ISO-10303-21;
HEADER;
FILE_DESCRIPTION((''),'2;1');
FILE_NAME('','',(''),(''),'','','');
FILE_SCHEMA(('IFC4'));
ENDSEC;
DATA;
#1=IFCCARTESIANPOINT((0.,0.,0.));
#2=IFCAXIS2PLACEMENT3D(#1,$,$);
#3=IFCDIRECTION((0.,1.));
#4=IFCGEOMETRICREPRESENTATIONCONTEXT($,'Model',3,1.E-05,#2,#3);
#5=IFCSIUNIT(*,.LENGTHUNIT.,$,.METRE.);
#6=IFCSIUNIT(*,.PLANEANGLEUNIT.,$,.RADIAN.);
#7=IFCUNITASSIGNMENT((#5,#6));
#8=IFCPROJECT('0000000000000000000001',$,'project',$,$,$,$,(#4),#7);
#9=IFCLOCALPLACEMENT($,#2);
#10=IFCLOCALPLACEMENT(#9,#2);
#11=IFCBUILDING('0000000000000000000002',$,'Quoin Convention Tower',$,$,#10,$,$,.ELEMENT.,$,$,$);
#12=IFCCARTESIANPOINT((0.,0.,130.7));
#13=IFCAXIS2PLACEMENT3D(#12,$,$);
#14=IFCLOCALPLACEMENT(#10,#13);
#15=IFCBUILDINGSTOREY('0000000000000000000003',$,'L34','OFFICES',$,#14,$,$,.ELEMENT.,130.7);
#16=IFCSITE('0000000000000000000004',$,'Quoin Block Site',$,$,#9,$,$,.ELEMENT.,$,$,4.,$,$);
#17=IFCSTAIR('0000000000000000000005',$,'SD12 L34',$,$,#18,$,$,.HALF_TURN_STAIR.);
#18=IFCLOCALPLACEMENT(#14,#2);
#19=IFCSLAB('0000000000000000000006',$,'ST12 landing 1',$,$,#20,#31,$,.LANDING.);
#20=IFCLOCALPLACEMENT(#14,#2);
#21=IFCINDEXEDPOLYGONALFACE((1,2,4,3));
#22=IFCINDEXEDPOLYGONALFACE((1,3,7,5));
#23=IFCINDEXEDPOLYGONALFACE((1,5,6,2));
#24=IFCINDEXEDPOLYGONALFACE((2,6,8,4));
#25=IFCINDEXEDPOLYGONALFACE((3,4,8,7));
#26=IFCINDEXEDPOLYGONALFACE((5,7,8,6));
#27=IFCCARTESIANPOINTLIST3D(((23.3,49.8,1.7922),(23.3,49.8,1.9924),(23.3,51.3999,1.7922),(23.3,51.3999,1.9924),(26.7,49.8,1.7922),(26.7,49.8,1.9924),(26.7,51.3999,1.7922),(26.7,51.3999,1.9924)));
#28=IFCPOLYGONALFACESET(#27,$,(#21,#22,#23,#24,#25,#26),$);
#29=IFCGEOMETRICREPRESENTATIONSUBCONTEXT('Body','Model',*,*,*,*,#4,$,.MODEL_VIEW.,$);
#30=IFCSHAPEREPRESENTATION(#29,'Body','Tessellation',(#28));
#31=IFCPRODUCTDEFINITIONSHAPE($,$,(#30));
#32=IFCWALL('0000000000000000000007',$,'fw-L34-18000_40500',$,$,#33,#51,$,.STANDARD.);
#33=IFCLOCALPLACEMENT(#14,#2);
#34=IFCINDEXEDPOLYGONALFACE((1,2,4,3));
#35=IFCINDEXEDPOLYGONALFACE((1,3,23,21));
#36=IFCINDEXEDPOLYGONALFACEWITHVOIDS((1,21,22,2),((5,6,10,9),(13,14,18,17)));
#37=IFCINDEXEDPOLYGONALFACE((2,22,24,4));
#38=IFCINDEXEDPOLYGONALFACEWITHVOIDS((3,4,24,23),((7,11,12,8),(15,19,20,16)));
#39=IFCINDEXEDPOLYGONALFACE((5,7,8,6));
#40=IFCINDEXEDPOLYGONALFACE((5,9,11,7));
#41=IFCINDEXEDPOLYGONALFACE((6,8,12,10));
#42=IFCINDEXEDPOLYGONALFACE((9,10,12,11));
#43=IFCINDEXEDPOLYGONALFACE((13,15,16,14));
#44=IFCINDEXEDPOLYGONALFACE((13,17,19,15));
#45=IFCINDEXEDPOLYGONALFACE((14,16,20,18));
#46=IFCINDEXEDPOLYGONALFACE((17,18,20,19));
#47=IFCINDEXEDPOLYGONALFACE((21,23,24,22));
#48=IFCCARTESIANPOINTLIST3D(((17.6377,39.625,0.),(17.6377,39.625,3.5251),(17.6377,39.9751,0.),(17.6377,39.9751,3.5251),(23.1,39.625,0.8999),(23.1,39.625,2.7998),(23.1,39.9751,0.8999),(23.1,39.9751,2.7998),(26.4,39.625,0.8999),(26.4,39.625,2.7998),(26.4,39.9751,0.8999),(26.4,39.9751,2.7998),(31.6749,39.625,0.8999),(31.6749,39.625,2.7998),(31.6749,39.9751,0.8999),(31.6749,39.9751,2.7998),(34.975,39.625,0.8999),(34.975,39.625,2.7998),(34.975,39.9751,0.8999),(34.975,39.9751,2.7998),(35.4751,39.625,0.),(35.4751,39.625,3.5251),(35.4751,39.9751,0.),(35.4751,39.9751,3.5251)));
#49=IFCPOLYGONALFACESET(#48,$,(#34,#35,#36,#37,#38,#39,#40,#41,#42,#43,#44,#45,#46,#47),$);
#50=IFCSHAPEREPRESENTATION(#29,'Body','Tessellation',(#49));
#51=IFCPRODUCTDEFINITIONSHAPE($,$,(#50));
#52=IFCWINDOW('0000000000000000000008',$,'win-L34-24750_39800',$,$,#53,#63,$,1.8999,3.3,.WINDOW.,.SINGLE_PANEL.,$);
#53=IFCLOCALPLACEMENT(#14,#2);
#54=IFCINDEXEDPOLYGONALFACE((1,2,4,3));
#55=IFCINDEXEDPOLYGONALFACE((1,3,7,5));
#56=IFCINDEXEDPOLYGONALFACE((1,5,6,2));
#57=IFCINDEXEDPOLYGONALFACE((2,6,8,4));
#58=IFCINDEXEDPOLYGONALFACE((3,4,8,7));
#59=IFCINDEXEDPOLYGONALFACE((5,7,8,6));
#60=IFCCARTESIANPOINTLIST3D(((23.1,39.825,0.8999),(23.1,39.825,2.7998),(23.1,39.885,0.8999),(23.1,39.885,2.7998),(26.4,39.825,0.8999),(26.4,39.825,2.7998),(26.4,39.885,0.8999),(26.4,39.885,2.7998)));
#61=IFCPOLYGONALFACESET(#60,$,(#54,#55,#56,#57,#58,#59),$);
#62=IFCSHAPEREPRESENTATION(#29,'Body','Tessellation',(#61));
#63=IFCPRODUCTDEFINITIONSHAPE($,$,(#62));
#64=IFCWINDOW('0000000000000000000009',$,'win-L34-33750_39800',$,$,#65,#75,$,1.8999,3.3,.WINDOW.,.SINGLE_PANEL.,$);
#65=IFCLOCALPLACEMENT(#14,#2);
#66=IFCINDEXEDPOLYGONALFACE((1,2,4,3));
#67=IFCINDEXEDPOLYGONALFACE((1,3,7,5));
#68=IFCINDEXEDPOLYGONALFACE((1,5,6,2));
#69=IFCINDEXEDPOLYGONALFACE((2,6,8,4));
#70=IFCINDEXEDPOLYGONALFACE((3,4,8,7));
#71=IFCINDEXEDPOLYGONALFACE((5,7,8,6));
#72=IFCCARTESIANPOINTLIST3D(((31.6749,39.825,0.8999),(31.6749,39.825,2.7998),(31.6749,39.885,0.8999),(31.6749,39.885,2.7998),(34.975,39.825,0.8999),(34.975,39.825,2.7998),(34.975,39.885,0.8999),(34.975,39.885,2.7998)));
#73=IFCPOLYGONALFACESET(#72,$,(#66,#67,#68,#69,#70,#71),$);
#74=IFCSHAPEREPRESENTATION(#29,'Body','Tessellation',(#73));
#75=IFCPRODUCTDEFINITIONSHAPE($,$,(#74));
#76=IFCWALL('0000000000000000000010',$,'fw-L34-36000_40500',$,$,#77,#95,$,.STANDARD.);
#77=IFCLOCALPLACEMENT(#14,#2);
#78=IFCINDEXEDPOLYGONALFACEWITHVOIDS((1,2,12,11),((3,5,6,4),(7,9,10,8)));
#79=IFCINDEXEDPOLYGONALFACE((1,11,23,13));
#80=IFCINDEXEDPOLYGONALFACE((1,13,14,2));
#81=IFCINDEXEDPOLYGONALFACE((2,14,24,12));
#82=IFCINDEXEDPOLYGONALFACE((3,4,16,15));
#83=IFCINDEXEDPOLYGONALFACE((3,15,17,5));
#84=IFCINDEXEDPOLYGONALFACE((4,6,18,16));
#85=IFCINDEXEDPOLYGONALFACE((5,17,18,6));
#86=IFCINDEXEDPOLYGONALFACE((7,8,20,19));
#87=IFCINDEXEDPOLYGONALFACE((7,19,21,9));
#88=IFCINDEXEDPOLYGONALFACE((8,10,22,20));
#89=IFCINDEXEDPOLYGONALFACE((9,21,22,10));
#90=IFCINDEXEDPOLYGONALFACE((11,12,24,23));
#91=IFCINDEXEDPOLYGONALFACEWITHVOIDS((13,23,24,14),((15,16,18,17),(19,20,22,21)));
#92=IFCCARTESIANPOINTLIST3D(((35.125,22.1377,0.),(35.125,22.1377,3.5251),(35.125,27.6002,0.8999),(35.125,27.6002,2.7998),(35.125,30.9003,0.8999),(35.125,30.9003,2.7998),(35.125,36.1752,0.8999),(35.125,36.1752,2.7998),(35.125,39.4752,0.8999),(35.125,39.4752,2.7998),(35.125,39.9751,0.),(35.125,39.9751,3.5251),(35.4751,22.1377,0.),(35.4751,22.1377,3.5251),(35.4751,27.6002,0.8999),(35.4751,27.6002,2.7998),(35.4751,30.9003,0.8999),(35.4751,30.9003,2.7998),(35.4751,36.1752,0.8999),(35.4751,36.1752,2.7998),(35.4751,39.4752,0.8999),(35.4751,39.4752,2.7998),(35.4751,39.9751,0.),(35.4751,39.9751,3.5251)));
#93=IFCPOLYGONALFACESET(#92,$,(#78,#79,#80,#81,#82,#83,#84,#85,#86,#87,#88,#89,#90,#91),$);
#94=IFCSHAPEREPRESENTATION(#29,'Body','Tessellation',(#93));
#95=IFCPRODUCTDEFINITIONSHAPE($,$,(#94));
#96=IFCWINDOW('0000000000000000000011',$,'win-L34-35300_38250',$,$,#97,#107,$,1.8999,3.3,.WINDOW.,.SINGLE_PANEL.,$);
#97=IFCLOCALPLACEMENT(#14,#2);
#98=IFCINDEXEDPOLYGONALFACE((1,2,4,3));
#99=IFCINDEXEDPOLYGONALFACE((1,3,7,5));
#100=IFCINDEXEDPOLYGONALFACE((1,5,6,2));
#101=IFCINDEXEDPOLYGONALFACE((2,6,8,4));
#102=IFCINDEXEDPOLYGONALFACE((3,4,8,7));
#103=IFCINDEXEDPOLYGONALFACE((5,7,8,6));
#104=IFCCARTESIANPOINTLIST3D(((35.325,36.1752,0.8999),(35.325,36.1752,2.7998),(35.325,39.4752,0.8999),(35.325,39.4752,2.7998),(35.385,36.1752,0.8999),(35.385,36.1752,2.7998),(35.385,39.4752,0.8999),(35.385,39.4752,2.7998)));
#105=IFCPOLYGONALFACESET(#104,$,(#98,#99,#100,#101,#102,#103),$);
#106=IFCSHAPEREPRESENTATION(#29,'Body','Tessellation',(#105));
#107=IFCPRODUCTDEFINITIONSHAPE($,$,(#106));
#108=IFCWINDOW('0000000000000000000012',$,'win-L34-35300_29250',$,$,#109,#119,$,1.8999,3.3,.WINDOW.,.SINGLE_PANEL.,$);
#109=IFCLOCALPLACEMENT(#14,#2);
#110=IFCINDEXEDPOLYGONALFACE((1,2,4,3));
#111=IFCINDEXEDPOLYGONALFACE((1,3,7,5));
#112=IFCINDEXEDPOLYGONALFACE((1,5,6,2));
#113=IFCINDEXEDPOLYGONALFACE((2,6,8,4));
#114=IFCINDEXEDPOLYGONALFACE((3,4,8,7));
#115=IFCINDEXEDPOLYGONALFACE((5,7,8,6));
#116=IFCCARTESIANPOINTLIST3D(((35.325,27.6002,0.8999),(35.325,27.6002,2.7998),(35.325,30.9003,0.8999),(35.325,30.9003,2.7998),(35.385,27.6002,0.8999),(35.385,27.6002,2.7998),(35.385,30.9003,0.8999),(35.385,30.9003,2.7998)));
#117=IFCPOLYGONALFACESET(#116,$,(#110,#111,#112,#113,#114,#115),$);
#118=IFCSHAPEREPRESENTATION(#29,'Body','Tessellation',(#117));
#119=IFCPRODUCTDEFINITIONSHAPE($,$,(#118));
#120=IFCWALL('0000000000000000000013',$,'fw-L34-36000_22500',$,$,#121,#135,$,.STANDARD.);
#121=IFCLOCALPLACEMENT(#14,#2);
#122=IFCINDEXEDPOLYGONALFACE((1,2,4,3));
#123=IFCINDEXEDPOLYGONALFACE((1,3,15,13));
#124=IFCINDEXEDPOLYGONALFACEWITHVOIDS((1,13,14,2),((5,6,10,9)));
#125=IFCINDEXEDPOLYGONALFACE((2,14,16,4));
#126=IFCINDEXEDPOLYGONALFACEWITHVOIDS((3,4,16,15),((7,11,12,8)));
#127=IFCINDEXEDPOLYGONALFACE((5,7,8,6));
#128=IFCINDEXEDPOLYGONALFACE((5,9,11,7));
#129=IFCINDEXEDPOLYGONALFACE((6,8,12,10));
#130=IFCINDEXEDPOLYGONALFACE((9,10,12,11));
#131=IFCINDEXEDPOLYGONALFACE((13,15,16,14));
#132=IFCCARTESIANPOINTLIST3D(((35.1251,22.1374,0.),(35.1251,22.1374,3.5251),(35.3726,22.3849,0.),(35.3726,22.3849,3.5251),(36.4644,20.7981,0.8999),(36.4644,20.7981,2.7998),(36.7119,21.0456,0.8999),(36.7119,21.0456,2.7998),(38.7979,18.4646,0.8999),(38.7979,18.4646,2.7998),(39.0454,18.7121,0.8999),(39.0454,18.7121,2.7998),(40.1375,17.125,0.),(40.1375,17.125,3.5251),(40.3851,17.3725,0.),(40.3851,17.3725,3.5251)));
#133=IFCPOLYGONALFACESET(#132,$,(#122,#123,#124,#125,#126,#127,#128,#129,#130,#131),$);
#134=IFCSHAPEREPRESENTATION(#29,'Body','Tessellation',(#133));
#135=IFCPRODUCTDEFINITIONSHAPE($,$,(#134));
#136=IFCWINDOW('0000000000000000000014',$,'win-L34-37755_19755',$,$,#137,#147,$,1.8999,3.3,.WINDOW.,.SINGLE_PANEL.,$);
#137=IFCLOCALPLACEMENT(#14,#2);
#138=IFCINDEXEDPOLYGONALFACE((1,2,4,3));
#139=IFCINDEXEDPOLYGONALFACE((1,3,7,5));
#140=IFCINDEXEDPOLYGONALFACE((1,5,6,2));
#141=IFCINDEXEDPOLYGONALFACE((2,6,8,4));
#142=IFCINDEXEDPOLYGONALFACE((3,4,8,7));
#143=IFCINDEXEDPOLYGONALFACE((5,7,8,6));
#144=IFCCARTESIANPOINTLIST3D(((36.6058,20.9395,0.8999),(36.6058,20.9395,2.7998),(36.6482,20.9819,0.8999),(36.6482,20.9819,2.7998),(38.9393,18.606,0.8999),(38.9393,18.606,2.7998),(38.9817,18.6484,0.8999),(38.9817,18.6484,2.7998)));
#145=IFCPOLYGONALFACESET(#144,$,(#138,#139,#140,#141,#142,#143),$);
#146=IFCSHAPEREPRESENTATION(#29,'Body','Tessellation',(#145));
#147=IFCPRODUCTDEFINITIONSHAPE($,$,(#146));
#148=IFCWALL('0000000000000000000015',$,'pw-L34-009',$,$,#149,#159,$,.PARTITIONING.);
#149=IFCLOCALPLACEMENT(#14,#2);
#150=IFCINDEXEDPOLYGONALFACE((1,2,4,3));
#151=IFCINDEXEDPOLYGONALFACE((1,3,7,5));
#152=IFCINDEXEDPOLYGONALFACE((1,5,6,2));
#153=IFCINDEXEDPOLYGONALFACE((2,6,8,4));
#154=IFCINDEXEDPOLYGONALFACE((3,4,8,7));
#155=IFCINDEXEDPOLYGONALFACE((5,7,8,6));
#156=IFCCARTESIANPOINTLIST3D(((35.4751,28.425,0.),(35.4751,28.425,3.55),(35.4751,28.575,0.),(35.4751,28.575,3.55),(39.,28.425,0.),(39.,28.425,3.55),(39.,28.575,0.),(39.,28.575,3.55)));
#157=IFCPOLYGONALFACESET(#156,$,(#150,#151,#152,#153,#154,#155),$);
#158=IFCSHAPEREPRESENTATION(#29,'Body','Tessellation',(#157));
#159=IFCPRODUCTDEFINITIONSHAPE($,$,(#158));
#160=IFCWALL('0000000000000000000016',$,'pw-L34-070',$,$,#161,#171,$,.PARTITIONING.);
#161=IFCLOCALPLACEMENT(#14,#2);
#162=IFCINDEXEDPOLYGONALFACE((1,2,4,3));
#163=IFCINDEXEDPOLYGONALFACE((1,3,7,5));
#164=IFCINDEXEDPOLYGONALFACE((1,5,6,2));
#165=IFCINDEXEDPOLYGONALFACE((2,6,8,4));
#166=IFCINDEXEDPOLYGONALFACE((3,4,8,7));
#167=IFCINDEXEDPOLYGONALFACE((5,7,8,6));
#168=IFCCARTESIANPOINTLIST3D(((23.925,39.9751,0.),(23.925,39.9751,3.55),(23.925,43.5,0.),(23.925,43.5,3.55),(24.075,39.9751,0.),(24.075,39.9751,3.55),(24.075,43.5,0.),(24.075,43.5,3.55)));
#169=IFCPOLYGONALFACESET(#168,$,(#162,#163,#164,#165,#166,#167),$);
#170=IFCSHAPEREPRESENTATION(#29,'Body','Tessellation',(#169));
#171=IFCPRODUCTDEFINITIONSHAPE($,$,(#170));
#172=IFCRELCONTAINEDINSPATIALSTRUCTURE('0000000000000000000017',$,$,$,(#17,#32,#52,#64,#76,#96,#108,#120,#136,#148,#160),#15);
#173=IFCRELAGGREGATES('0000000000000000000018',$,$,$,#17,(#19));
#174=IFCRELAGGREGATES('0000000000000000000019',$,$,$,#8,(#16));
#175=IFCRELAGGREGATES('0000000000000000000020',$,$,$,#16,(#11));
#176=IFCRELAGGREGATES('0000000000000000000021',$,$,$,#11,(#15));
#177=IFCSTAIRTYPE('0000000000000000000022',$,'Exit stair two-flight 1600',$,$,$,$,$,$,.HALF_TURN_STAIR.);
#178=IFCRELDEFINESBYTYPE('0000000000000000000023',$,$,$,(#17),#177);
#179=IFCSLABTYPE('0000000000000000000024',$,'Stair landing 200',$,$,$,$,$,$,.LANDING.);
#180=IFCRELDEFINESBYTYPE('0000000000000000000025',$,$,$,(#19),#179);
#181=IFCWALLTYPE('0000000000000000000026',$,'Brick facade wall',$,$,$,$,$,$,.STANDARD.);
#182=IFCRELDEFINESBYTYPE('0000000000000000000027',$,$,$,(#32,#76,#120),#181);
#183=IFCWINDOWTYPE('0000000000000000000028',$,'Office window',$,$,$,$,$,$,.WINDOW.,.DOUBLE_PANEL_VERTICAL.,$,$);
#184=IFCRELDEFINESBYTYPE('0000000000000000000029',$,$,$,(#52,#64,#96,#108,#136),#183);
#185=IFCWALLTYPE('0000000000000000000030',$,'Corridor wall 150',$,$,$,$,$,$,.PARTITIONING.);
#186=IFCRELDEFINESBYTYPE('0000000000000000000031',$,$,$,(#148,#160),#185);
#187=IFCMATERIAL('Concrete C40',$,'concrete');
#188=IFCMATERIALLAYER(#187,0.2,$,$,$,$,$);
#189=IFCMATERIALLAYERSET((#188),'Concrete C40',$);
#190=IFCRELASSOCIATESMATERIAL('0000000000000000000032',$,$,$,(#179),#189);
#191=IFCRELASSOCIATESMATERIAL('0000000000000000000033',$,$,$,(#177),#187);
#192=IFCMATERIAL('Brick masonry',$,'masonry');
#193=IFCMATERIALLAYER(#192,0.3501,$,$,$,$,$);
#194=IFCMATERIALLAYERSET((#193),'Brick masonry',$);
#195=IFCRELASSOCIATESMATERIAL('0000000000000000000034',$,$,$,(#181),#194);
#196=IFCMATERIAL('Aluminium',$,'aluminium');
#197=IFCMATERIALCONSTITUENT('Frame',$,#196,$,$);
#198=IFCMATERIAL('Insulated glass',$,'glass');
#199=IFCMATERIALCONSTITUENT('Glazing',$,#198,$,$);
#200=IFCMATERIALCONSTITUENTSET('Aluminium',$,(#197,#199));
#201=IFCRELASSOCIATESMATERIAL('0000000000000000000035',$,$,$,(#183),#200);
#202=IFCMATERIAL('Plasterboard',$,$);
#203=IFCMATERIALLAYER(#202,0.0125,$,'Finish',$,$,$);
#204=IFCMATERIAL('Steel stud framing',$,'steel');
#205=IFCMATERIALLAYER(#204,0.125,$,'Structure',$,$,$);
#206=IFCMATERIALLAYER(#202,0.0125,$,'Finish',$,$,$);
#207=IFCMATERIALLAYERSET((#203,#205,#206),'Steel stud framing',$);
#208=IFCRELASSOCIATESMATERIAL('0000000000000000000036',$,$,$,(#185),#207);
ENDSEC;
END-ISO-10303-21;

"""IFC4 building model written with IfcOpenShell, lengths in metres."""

from ifc_helpers import new_model, si_unit, direction, frame, frame_2d, origin, place, context, subcontext, project, spatial, polyline, rectangle, outline, extrude, material, layer, layer_set, constituent, constituent_set, type_object, element, fill, aggregate, save


model = new_model("IFC4")

# Units and contexts
model_context = context("Model", 3, precision=1e-05, world=origin(), true_north=direction((0.0, 1.0)))
body_context = subcontext(model_context, "Body", "Model", "MODEL_VIEW")
ifc_project = project(units=[si_unit("LENGTHUNIT", "METRE"), si_unit("PLANEANGLEUNIT", "RADIAN")], contexts=[model_context])

# Site, building, storey
site_placement = place(None, origin())
site = spatial("IfcSite", under=ifc_project, at=site_placement, Name="Quoin Block Site", CompositionType="ELEMENT", RefElevation=4.0)
building_placement = place(site_placement, origin())
building = spatial("IfcBuilding", under=site, at=building_placement, Name="Quoin Convention Tower", CompositionType="ELEMENT")
storey_placement = place(building_placement, frame((0.0, 0.0, 130.7)))
storey = spatial("IfcBuildingStorey", under=building, at=storey_placement, Name="L34", Description="OFFICES", CompositionType="ELEMENT", Elevation=130.7)

# Shared definitions
ifc_material_1 = material(Name="Concrete C40", Category="concrete")

# Stair, slab
ifc_layer_1 = layer(ifc_material_1, 0.2)
ifc_layer_set_1 = layer_set([ifc_layer_1], Name="Concrete C40")
slab_type_1 = type_object("IfcSlabType", Name="Stair landing 200", PredefinedType="LANDING", material=ifc_layer_set_1)
stair_type_1 = type_object("IfcStairType", Name="Exit stair two-flight 1600", PredefinedType="HALF_TURN_STAIR", material=ifc_material_1)
stair_1_placement = place(storey_placement, origin())
stair_1 = element("IfcStair", 1, at=stair_1_placement, inside=storey, type_object=stair_type_1, Name="SD12 L34", PredefinedType="HALF_TURN_STAIR")
slab_1_placement = place(storey_placement, frame((0.0, 0.0, 1.7922)))
slab_1 = element("IfcSlab", 2, at=slab_1_placement, type_object=slab_type_1, Name="ST12 landing 1", PredefinedType="LANDING", context=body_context, shape_type="SweptSolid", body=[
    extrude(outline(polyline([(26.7, 51.3999), (23.3, 51.3999), (23.3, 49.8), (26.7, 49.8), (26.7, 51.3999)])), origin(), (0.0, 0.0, 1.0), 0.2002),
])
aggregate(stair_1, [slab_1])

# Walls, openings, windows
ifc_material_2 = material(Name="Brick masonry", Category="masonry")
ifc_layer_2 = layer(ifc_material_2, 0.3501)
ifc_layer_set_2 = layer_set([ifc_layer_2], Name="Brick masonry")
wall_type_1 = type_object("IfcWallType", Name="Brick facade wall", PredefinedType="STANDARD", material=ifc_layer_set_2)
wall_1_placement = place(storey_placement, frame((17.6377, 39.8, 0.0), z_axis=(0.0, 0.0, 1.0), x_axis=(1.0, 0.0, 0.0)))
wall_1 = element("IfcWall", 3, at=wall_1_placement, inside=storey, type_object=wall_type_1, Name="fw-L34-18000_40500", PredefinedType="STANDARD", context=body_context, shape_type="SweptSolid", body=[
    extrude(rectangle(XDim=17.8374, YDim=0.3501, at=frame_2d((8.9187, 0.0))), origin(), (0.0, 0.0, 1.0), 3.5251),
])
opening_1_placement = place(wall_1_placement, frame((5.4624, 0.0, 0.8999)))
opening_1 = element("IfcOpeningElement", 4, at=opening_1_placement, cuts=wall_1, PredefinedType="OPENING", context=body_context, shape_type="SweptSolid", body=[
    extrude(rectangle(XDim=3.3, YDim=1.8999, at=frame_2d((1.6499, 0.95))), frame((0.0, 0.1851, 0.0), z_axis=(0.0, -1.0, 0.0), x_axis=(1.0, 0.0, 0.0)), (0.0, 0.0, 1.0), 0.3701),
])
opening_2_placement = place(wall_1_placement, frame((14.0374, 0.0, 0.8999)))
opening_2 = element("IfcOpeningElement", 5, at=opening_2_placement, cuts=wall_1, PredefinedType="OPENING", context=body_context, shape_type="SweptSolid", body=[
    extrude(rectangle(XDim=3.3, YDim=1.8999, at=frame_2d((1.6499, 0.95))), frame((0.0, 0.1851, 0.0), z_axis=(0.0, -1.0, 0.0), x_axis=(1.0, 0.0, 0.0)), (0.0, 0.0, 1.0), 0.3701),
])
ifc_material_3 = material(Name="Aluminium", Category="aluminium")
ifc_constituent_1 = constituent(ifc_material_3, Name="Frame")
ifc_material_4 = material(Name="Insulated glass", Category="glass")
ifc_constituent_2 = constituent(ifc_material_4, Name="Glazing")
ifc_constituent_set = constituent_set(constituents=[ifc_constituent_1, ifc_constituent_2], Name="Aluminium")
window_type = type_object("IfcWindowType", Name="Office window", PartitioningType="DOUBLE_PANEL_VERTICAL", PredefinedType="WINDOW", material=ifc_constituent_set)
window_1_placement = place(opening_1_placement, origin())
window_1 = element("IfcWindow", 6, at=window_1_placement, inside=storey, type_object=window_type, Name="win-L34-24750_39800", OverallHeight=1.8999, OverallWidth=3.3, PartitioningType="SINGLE_PANEL", PredefinedType="WINDOW", context=body_context, shape_type="SweptSolid", body=[
    extrude(rectangle(XDim=3.3, YDim=1.8999, at=frame_2d((1.6499, 0.95))), frame((0.0, 0.085, 0.0), z_axis=(0.0, -1.0, 0.0), x_axis=(1.0, 0.0, 0.0)), (0.0, 0.0, 1.0), 0.0601),
])
fill(opening_1, window_1)
window_2_placement = place(opening_2_placement, origin())
window_2 = element("IfcWindow", 7, at=window_2_placement, inside=storey, type_object=window_type, Name="win-L34-33750_39800", OverallHeight=1.8999, OverallWidth=3.3, PartitioningType="SINGLE_PANEL", PredefinedType="WINDOW", context=body_context, shape_type="SweptSolid", body=[
    extrude(rectangle(XDim=3.3, YDim=1.8999, at=frame_2d((1.6499, 0.95))), frame((0.0, 0.085, 0.0), z_axis=(0.0, -1.0, 0.0), x_axis=(1.0, 0.0, 0.0)), (0.0, 0.0, 1.0), 0.0601),
])
fill(opening_2, window_2)
wall_2_placement = place(storey_placement, frame((35.3, 39.9751, 0.0), z_axis=(0.0, 0.0, 1.0), x_axis=(0.0, -1.0, 0.0)))
wall_2 = element("IfcWall", 8, at=wall_2_placement, inside=storey, type_object=wall_type_1, Name="fw-L34-36000_40500", PredefinedType="STANDARD", context=body_context, shape_type="SweptSolid", body=[
    extrude(rectangle(XDim=17.8374, YDim=0.3501, at=frame_2d((8.9187, 0.0))), origin(), (0.0, 0.0, 1.0), 3.5251),
])
opening_3_placement = place(wall_2_placement, frame((0.5, 0.0, 0.8999)))
opening_3 = element("IfcOpeningElement", 9, at=opening_3_placement, cuts=wall_2, PredefinedType="OPENING", context=body_context, shape_type="SweptSolid", body=[
    extrude(rectangle(XDim=3.3, YDim=1.8999, at=frame_2d((1.6499, 0.95))), frame((0.0, 0.1851, 0.0), z_axis=(0.0, -1.0, 0.0), x_axis=(1.0, 0.0, 0.0)), (0.0, 0.0, 1.0), 0.3701),
])
opening_4_placement = place(wall_2_placement, frame((9.075, 0.0, 0.8999)))
opening_4 = element("IfcOpeningElement", 10, at=opening_4_placement, cuts=wall_2, PredefinedType="OPENING", context=body_context, shape_type="SweptSolid", body=[
    extrude(rectangle(XDim=3.3, YDim=1.8999, at=frame_2d((1.6499, 0.95))), frame((0.0, 0.1851, 0.0), z_axis=(0.0, -1.0, 0.0), x_axis=(1.0, 0.0, 0.0)), (0.0, 0.0, 1.0), 0.3701),
])
window_3_placement = place(opening_3_placement, origin())
window_3 = element("IfcWindow", 11, at=window_3_placement, inside=storey, type_object=window_type, Name="win-L34-35300_38250", OverallHeight=1.8999, OverallWidth=3.3, PartitioningType="SINGLE_PANEL", PredefinedType="WINDOW", context=body_context, shape_type="SweptSolid", body=[
    extrude(rectangle(XDim=3.3, YDim=1.8999, at=frame_2d((1.6499, 0.95))), frame((0.0, 0.085, 0.0), z_axis=(0.0, -1.0, 0.0), x_axis=(1.0, 0.0, 0.0)), (0.0, 0.0, 1.0), 0.0601),
])
fill(opening_3, window_3)
window_4_placement = place(opening_4_placement, origin())
window_4 = element("IfcWindow", 12, at=window_4_placement, inside=storey, type_object=window_type, Name="win-L34-35300_29250", OverallHeight=1.8999, OverallWidth=3.3, PartitioningType="SINGLE_PANEL", PredefinedType="WINDOW", context=body_context, shape_type="SweptSolid", body=[
    extrude(rectangle(XDim=3.3, YDim=1.8999, at=frame_2d((1.6499, 0.95))), frame((0.0, 0.085, 0.0), z_axis=(0.0, -1.0, 0.0), x_axis=(1.0, 0.0, 0.0)), (0.0, 0.0, 1.0), 0.0601),
])
fill(opening_4, window_4)

# Wall, opening, window
wall_3_placement = place(storey_placement, frame((35.2488, 22.2612, 0.0), z_axis=(0.0, 0.0, 1.0), x_axis=(0.707107, -0.707107, 0.0)))
wall_3 = element("IfcWall", 13, at=wall_3_placement, inside=storey, type_object=wall_type_1, Name="fw-L34-36000_22500", PredefinedType="STANDARD", context=body_context, shape_type="SweptSolid", body=[
    extrude(rectangle(XDim=7.0886, YDim=0.3501, at=frame_2d((3.5444, 0.0))), origin(), (0.0, 0.0, 1.0), 3.5251),
])
opening_5_placement = place(wall_3_placement, frame((1.8943, 0.0, 0.8999)))
opening_5 = element("IfcOpeningElement", 14, at=opening_5_placement, cuts=wall_3, PredefinedType="OPENING", context=body_context, shape_type="SweptSolid", body=[
    extrude(rectangle(XDim=3.3, YDim=1.8999, at=frame_2d((1.6499, 0.95))), frame((0.0, 0.1851, 0.0), z_axis=(0.0, -1.0, 0.0), x_axis=(1.0, 0.0, 0.0)), (0.0, 0.0, 1.0), 0.3701),
])
window_5_placement = place(opening_5_placement, origin())
window_5 = element("IfcWindow", 15, at=window_5_placement, inside=storey, type_object=window_type, Name="win-L34-37755_19755", OverallHeight=1.8999, OverallWidth=3.3, PartitioningType="SINGLE_PANEL", PredefinedType="WINDOW", context=body_context, shape_type="SweptSolid", body=[
    extrude(rectangle(XDim=3.3, YDim=1.8999, at=frame_2d((1.6499, 0.95))), frame((0.0, 0.085, 0.0), z_axis=(0.0, -1.0, 0.0), x_axis=(1.0, 0.0, 0.0)), (0.0, 0.0, 1.0), 0.0601),
])
fill(opening_5, window_5)

# Walls
ifc_material_5 = material(Name="Plasterboard")
ifc_layer_3 = layer(ifc_material_5, 0.0125, Name="Finish")
ifc_material_6 = material(Name="Steel stud framing", Category="steel")
ifc_layer_4 = layer(ifc_material_6, 0.125, Name="Structure")
ifc_layer_5 = layer(ifc_material_5, 0.0125, Name="Finish")
ifc_layer_set_3 = layer_set([ifc_layer_3, ifc_layer_4, ifc_layer_5], Name="Steel stud framing")
wall_type_2 = type_object("IfcWallType", Name="Corridor wall 150", PredefinedType="PARTITIONING", material=ifc_layer_set_3)
for number, where, z_axis, x_axis, name in (
    (16, (35.4751, 28.5, 0.0), (0.0, 0.0, 1.0), (1.0, 0.0, 0.0), "pw-L34-009"),
    (17, (24.0, 39.9751, 0.0), (0.0, 0.0, 1.0), (0.0, 1.0, 0.0), "pw-L34-070"),
):
    element("IfcWall", number, at=place(storey_placement, frame(where, z_axis=z_axis, x_axis=x_axis)), inside=storey, type_object=wall_type_2, Name=name, PredefinedType="PARTITIONING", context=body_context, shape_type="SweptSolid", body=[
        extrude(rectangle(XDim=3.5249, YDim=0.1499, at=frame_2d((1.7625, 0.0))), origin(), (0.0, 0.0, 1.0), 3.55),
    ])

save(model, "model.ifc")
